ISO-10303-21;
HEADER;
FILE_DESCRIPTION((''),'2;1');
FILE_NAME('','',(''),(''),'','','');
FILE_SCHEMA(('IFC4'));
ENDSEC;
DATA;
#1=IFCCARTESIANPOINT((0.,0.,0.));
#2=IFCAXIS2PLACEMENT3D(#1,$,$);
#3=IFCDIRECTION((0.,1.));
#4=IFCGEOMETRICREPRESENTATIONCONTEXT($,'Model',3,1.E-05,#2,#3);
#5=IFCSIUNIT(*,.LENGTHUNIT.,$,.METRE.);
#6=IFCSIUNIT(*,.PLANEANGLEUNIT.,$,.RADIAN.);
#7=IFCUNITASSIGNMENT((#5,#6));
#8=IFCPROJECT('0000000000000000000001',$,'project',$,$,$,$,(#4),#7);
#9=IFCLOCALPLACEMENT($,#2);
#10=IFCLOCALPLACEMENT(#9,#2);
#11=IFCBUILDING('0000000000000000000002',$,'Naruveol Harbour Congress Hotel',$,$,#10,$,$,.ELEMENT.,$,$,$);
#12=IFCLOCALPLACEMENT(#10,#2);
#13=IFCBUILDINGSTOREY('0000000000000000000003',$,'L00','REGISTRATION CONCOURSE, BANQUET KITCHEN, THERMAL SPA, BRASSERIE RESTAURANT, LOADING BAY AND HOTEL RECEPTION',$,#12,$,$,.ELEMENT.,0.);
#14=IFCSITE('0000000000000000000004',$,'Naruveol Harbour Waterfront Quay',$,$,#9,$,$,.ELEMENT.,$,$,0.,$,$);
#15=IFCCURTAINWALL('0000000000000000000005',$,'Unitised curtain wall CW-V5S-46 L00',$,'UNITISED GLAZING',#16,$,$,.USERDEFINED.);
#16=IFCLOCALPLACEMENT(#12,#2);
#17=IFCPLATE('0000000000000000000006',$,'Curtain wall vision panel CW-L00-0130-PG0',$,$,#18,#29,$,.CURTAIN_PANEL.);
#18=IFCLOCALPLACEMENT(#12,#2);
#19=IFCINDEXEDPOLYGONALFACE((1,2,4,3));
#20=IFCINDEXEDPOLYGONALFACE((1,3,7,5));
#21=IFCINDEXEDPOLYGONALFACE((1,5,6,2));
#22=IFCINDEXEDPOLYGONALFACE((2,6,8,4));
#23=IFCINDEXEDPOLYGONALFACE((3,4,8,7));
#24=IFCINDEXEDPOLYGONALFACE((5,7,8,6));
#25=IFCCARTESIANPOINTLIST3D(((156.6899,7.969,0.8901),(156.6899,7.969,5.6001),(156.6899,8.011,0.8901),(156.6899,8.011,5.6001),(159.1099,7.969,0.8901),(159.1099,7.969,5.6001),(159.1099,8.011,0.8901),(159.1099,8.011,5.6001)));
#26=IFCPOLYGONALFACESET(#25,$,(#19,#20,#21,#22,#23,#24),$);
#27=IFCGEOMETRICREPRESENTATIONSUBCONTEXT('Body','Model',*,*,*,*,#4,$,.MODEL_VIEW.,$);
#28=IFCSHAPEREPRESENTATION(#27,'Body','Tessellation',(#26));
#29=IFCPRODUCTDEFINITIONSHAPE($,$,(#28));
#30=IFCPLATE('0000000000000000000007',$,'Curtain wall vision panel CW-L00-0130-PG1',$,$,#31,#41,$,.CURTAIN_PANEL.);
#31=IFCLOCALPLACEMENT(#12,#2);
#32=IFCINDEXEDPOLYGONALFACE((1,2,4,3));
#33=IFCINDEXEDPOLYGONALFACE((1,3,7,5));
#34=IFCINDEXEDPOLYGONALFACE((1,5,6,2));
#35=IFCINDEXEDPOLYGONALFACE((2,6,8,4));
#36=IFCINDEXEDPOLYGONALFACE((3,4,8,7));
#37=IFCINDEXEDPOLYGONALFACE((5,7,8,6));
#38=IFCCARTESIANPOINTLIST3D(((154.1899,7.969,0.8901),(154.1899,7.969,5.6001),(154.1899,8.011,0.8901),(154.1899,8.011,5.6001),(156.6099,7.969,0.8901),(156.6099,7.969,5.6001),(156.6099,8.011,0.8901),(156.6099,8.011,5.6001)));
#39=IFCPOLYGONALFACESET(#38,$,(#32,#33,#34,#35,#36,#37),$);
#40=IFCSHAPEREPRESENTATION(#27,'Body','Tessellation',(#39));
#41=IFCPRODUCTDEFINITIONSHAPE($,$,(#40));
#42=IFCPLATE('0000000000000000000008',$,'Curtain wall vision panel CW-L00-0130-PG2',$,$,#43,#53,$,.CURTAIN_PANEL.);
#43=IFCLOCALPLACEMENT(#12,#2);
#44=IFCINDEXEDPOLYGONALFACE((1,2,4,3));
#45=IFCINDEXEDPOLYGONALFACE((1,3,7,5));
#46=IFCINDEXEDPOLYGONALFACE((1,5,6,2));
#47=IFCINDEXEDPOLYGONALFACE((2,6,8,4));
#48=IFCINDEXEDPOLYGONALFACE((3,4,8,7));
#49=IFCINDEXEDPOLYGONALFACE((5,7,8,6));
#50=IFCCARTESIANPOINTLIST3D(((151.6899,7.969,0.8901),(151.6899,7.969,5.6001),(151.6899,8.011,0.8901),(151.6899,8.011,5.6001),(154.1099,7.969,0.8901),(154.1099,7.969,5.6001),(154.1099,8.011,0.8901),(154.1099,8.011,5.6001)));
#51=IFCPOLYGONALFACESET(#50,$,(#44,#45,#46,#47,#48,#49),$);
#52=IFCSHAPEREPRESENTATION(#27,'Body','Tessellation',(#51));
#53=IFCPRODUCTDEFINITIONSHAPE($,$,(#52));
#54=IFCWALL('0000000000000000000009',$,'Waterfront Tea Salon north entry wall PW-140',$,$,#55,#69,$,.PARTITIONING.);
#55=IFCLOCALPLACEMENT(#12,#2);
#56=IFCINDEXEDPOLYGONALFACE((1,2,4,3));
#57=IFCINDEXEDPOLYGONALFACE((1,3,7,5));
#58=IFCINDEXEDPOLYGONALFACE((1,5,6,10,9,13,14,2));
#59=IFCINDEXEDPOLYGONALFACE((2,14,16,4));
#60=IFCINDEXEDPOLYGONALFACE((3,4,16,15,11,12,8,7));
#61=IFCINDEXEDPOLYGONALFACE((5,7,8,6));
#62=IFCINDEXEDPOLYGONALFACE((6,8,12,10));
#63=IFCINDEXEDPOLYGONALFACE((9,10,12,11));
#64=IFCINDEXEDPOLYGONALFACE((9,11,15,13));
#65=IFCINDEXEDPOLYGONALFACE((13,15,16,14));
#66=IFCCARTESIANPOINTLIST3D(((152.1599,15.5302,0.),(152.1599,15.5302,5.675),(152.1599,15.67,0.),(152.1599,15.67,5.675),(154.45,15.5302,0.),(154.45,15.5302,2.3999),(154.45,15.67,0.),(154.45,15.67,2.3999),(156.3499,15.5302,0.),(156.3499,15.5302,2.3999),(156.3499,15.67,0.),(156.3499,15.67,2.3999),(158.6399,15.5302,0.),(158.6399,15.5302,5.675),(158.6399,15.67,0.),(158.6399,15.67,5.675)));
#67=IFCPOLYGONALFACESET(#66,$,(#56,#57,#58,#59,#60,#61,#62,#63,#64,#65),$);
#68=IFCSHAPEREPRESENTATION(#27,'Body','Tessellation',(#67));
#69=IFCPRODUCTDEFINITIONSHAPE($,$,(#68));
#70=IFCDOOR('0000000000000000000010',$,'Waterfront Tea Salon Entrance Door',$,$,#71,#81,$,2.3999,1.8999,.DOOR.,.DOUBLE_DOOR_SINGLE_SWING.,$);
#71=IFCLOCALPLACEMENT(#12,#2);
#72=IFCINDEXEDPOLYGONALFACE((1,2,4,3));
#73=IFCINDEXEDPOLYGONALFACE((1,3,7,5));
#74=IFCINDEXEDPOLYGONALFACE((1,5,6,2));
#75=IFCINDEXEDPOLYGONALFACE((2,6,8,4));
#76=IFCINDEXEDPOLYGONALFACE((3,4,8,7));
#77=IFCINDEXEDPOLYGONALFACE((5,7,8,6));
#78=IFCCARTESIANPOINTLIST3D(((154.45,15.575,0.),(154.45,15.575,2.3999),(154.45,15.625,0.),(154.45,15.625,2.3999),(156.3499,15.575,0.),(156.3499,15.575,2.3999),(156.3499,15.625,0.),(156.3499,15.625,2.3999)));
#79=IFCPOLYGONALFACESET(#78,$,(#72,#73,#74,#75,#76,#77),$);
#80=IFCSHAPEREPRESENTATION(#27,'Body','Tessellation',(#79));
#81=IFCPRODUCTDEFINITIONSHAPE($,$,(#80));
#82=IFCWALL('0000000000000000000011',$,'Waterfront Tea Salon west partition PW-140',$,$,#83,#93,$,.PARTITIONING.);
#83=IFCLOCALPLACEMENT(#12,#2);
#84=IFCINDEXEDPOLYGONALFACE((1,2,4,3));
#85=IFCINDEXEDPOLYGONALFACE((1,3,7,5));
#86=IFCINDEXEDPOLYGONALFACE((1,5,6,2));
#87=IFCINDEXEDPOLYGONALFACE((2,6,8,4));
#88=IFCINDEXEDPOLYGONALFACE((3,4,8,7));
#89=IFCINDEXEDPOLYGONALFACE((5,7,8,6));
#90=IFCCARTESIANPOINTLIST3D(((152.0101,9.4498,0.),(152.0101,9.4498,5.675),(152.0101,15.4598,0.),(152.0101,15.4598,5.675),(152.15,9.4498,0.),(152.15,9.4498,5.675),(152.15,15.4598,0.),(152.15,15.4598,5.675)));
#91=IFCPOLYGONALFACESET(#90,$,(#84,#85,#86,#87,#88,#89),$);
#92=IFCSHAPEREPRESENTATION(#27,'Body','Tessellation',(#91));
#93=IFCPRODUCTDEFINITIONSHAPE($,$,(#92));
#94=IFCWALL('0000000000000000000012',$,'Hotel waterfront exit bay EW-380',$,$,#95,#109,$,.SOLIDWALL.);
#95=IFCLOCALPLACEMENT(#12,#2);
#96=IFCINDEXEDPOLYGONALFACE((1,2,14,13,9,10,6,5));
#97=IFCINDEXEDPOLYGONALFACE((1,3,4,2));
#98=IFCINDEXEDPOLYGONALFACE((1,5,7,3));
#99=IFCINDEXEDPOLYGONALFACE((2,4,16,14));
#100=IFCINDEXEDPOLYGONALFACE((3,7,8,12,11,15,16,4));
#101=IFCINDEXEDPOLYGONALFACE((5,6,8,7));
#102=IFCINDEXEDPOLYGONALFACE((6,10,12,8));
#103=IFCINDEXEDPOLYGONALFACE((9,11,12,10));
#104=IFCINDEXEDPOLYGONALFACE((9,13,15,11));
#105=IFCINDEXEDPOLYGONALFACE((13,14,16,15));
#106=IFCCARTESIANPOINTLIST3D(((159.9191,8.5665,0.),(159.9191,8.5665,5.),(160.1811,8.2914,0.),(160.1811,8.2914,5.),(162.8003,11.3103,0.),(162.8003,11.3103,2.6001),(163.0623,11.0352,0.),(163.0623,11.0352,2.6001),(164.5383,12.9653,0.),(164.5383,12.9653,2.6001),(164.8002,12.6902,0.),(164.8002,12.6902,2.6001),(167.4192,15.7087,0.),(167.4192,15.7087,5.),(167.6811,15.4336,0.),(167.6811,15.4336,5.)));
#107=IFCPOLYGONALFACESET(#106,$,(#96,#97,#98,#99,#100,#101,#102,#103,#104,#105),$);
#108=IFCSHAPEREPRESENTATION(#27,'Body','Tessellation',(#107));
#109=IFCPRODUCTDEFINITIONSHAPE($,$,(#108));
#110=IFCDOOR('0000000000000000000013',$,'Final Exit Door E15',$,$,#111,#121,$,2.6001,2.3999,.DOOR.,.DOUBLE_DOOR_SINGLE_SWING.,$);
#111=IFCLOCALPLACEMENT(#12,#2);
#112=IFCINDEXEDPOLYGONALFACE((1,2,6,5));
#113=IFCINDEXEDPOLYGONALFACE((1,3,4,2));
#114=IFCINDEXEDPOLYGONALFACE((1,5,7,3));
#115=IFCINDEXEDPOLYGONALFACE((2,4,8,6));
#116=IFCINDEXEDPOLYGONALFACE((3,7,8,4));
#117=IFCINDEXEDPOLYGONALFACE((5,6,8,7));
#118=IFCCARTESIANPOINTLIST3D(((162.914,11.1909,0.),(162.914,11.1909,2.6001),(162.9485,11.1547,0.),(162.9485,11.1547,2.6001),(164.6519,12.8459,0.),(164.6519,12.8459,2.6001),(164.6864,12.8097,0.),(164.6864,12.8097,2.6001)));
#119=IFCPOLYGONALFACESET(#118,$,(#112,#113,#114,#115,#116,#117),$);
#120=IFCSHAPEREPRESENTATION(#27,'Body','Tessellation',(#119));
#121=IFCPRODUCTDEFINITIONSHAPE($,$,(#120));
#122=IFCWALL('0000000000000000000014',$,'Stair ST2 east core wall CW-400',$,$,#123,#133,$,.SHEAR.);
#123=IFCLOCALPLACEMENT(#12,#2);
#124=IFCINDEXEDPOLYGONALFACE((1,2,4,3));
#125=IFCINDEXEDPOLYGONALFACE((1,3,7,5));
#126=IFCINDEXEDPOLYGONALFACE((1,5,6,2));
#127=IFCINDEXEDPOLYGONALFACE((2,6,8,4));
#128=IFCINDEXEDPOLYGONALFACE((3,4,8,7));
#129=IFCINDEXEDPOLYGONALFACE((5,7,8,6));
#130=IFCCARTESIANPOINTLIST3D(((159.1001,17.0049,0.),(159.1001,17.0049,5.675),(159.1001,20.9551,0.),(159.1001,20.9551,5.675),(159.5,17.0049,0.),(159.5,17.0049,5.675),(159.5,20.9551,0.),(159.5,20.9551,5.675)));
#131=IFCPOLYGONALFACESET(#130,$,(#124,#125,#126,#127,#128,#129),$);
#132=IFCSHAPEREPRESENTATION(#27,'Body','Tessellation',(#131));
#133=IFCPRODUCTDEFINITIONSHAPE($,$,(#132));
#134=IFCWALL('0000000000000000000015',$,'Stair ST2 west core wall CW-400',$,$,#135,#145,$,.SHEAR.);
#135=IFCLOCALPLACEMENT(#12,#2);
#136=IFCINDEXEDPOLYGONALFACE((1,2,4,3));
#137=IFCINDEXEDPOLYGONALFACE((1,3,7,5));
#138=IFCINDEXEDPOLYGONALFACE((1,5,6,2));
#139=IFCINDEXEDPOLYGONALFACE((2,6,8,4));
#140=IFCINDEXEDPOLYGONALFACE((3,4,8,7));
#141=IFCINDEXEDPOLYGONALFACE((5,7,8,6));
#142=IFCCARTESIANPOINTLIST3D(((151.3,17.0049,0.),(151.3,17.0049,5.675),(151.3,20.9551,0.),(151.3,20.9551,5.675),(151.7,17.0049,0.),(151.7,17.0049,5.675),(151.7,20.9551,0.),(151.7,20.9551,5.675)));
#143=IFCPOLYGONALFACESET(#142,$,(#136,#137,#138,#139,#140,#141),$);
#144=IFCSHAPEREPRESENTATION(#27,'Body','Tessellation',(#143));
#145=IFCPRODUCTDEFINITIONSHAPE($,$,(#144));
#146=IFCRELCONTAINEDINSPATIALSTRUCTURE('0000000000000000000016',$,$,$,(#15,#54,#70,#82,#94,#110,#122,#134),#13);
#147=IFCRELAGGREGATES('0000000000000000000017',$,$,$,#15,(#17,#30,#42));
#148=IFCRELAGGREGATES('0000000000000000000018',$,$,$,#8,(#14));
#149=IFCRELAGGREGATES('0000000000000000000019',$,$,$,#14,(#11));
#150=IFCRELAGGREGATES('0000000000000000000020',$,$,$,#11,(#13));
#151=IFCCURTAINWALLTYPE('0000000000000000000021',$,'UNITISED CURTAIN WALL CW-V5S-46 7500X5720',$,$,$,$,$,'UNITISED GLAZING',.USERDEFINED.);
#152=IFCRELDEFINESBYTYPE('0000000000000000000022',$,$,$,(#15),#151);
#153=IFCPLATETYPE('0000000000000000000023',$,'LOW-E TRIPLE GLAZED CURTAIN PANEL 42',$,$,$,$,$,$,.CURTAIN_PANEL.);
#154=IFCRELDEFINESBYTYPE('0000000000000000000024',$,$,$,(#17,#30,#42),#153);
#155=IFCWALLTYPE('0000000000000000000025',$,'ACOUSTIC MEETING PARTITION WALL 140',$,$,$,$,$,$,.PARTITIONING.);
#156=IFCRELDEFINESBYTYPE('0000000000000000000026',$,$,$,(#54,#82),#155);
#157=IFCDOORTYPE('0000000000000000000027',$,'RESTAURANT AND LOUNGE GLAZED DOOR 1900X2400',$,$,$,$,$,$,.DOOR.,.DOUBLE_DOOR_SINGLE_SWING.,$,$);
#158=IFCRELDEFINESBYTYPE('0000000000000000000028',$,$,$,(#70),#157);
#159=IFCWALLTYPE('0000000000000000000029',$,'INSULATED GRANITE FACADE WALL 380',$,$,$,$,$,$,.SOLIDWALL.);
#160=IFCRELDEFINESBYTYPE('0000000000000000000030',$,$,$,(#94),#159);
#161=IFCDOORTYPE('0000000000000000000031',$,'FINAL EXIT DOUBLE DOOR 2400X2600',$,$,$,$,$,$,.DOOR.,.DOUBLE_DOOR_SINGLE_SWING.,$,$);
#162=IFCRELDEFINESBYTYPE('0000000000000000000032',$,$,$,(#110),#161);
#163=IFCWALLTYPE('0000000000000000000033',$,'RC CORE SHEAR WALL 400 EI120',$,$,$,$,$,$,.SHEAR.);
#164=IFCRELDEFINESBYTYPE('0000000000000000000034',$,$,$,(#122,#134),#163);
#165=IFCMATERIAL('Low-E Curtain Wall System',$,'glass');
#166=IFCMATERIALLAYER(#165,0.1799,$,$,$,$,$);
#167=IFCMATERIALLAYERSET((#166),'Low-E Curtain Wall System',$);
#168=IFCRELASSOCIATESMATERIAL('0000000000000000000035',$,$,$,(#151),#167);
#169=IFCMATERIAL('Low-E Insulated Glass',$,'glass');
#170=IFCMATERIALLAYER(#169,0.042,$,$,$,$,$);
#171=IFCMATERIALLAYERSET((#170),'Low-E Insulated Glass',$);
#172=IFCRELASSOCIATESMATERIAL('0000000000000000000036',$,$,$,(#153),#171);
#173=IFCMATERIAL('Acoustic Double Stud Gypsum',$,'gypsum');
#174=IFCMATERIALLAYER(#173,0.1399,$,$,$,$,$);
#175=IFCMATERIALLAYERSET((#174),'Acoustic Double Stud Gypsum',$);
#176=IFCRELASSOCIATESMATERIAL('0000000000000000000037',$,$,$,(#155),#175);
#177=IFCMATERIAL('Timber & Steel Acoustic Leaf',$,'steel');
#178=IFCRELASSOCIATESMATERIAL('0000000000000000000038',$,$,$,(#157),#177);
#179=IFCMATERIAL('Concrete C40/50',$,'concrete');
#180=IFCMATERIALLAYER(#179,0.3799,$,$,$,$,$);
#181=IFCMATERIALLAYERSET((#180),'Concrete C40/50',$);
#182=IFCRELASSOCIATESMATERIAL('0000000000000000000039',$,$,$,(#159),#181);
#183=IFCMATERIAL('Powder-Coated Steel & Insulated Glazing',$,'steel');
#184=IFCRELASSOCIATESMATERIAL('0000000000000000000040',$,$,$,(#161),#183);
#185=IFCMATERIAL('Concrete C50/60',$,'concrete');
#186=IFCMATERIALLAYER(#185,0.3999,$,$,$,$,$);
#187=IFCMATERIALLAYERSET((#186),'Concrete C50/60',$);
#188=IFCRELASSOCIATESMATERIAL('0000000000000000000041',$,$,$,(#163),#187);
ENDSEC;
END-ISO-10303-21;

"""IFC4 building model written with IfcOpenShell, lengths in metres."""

from ifc_helpers import new_model, si_unit, direction, frame, frame_2d, origin, origin_2d, place, context, subcontext, project, spatial, rectangle, extrude, material, layer, layer_set, type_object, element, fill, aggregate, save


model = new_model("IFC4")

# Units and contexts
model_context = context("Model", 3, precision=1e-05, world=origin(), true_north=direction((0.0, 1.0)))
body_context = subcontext(model_context, "Body", "Model", "MODEL_VIEW")
ifc_project = project(units=[si_unit("LENGTHUNIT", "METRE"), si_unit("PLANEANGLEUNIT", "RADIAN")], contexts=[model_context])

# Site, building, storey
site_placement = place(None, origin())
site = spatial("IfcSite", under=ifc_project, at=site_placement, Name="Naruveol Harbour Waterfront Quay", CompositionType="ELEMENT", RefElevation=0.0)
building_placement = place(site_placement, origin())
building = spatial("IfcBuilding", under=site, at=building_placement, Name="Naruveol Harbour Congress Hotel", CompositionType="ELEMENT")
storey_placement = place(building_placement, origin())
storey = spatial("IfcBuildingStorey", under=building, at=storey_placement, Name="L00", Description="REGISTRATION CONCOURSE, BANQUET KITCHEN, THERMAL SPA, BRASSERIE RESTAURANT, LOADING BAY AND HOTEL RECEPTION", CompositionType="ELEMENT", Elevation=0.0)

# Curtain wall, plates
ifc_material_1 = material(Name="Low-E Curtain Wall System", Category="glass")
ifc_layer_1 = layer(ifc_material_1, 0.1799)
ifc_layer_set_1 = layer_set([ifc_layer_1], Name="Low-E Curtain Wall System")
curtain_wall_type = type_object("IfcCurtainWallType", Name="UNITISED CURTAIN WALL CW-V5S-46 7500X5720", ElementType="UNITISED GLAZING", PredefinedType="USERDEFINED", material=ifc_layer_set_1)
curtain_wall_placement = place(storey_placement, origin())
curtain_wall = element("IfcCurtainWall", 1, at=curtain_wall_placement, inside=storey, type_object=curtain_wall_type, Name="Unitised curtain wall CW-V5S-46 L00", ObjectType="UNITISED GLAZING", PredefinedType="USERDEFINED")
ifc_material_2 = material(Name="Low-E Insulated Glass", Category="glass")
ifc_layer_2 = layer(ifc_material_2, 0.042)
ifc_layer_set_2 = layer_set([ifc_layer_2], Name="Low-E Insulated Glass")
plate_type_1 = type_object("IfcPlateType", Name="LOW-E TRIPLE GLAZED CURTAIN PANEL 42", PredefinedType="CURTAIN_PANEL", material=ifc_layer_set_2)
plate_1_placement = place(storey_placement, frame((157.8999, 7.99, 0.8901), z_axis=(0.0, 0.0, 1.0), x_axis=(-1.0, 0.0, 0.0)))
plate_1 = element("IfcPlate", 2, at=plate_1_placement, type_object=plate_type_1, Name="Curtain wall vision panel CW-L00-0130-PG0", PredefinedType="CURTAIN_PANEL", context=body_context, shape_type="SweptSolid", body=[
    extrude(rectangle(XDim=2.4199, YDim=0.042, at=origin_2d()), origin(), (0.0, 0.0, 1.0), 4.71),
])
plate_2_placement = place(storey_placement, frame((155.3999, 7.99, 0.8901), z_axis=(0.0, 0.0, 1.0), x_axis=(-1.0, 0.0, 0.0)))
plate_2 = element("IfcPlate", 3, at=plate_2_placement, type_object=plate_type_1, Name="Curtain wall vision panel CW-L00-0130-PG1", PredefinedType="CURTAIN_PANEL", context=body_context, shape_type="SweptSolid", body=[
    extrude(rectangle(XDim=2.4199, YDim=0.042, at=origin_2d()), origin(), (0.0, 0.0, 1.0), 4.71),
])
plate_3_placement = place(storey_placement, frame((152.8999, 7.99, 0.8901), z_axis=(0.0, 0.0, 1.0), x_axis=(-1.0, 0.0, 0.0)))
plate_3 = element("IfcPlate", 4, at=plate_3_placement, type_object=plate_type_1, Name="Curtain wall vision panel CW-L00-0130-PG2", PredefinedType="CURTAIN_PANEL", context=body_context, shape_type="SweptSolid", body=[
    extrude(rectangle(XDim=2.4199, YDim=0.042, at=origin_2d()), origin(), (0.0, 0.0, 1.0), 4.71),
])
aggregate(curtain_wall, [plate_1, plate_2, plate_3])

# Wall, opening, door
ifc_material_3 = material(Name="Acoustic Double Stud Gypsum", Category="gypsum")
ifc_layer_3 = layer(ifc_material_3, 0.1399)
ifc_layer_set_3 = layer_set([ifc_layer_3], Name="Acoustic Double Stud Gypsum")
wall_type_1 = type_object("IfcWallType", Name="ACOUSTIC MEETING PARTITION WALL 140", PredefinedType="PARTITIONING", material=ifc_layer_set_3)
wall_1_placement = place(storey_placement, frame((152.1599, 15.6001, 0.0), z_axis=(0.0, 0.0, 1.0), x_axis=(1.0, 0.0, 0.0)))
wall_1 = element("IfcWall", 5, at=wall_1_placement, inside=storey, type_object=wall_type_1, Name="Waterfront Tea Salon north entry wall PW-140", PredefinedType="PARTITIONING", context=body_context, shape_type="SweptSolid", body=[
    extrude(rectangle(XDim=6.48, YDim=0.1399, at=frame_2d((3.24, 0.0))), origin(), (0.0, 0.0, 1.0), 5.675),
])
opening_1_placement = place(wall_1_placement, frame((2.29, 0.0, 0.0)))
opening_1 = element("IfcOpeningElement", 6, at=opening_1_placement, cuts=wall_1, PredefinedType="OPENING", context=body_context, shape_type="SweptSolid", body=[
    extrude(rectangle(XDim=1.8999, YDim=2.3999, at=frame_2d((0.95, 1.2))), frame((0.0, 0.0798, 0.0), z_axis=(0.0, -1.0, 0.0), x_axis=(1.0, 0.0, 0.0)), (0.0, 0.0, 1.0), 0.1599),
])
ifc_material_4 = material(Name="Timber & Steel Acoustic Leaf", Category="steel")
door_type_1 = type_object("IfcDoorType", Name="RESTAURANT AND LOUNGE GLAZED DOOR 1900X2400", OperationType="DOUBLE_DOOR_SINGLE_SWING", PredefinedType="DOOR", material=ifc_material_4)
door_1_placement = place(opening_1_placement, origin())
door_1 = element("IfcDoor", 7, at=door_1_placement, inside=storey, type_object=door_type_1, Name="Waterfront Tea Salon Entrance Door", OperationType="DOUBLE_DOOR_SINGLE_SWING", OverallHeight=2.3999, OverallWidth=1.8999, PredefinedType="DOOR", context=body_context, shape_type="SweptSolid", body=[
    extrude(rectangle(XDim=1.8999, YDim=2.3999, at=frame_2d((0.95, 1.2))), frame((0.0, 0.0249, 0.0), z_axis=(0.0, -1.0, 0.0), x_axis=(1.0, 0.0, 0.0)), (0.0, 0.0, 1.0), 0.05),
])
fill(opening_1, door_1)

# Wall
wall_2_placement = place(storey_placement, frame((152.0801, 9.45, 0.0), z_axis=(0.0, 0.0, 1.0), x_axis=(0.0, 1.0, 0.0)))
element("IfcWall", 8, at=wall_2_placement, inside=storey, type_object=wall_type_1, Name="Waterfront Tea Salon west partition PW-140", PredefinedType="PARTITIONING", context=body_context, shape_type="SweptSolid", body=[
    extrude(rectangle(XDim=6.01, YDim=0.1399, at=frame_2d((3.0049, 0.0))), origin(), (0.0, 0.0, 1.0), 5.675),
])

# Wall, opening, door
ifc_material_5 = material(Name="Concrete C40/50", Category="concrete")
ifc_layer_4 = layer(ifc_material_5, 0.3799)
ifc_layer_set_4 = layer_set([ifc_layer_4], Name="Concrete C40/50")
wall_type_2 = type_object("IfcWallType", Name="INSULATED GRANITE FACADE WALL 380", PredefinedType="SOLIDWALL", material=ifc_layer_set_4)
wall_3_placement = place(storey_placement, frame((167.55, 15.571, 0.0), z_axis=(0.0, 0.0, 1.0), x_axis=(-0.724175, -0.689616, 0.0)))
wall_3 = element("IfcWall", 9, at=wall_3_placement, inside=storey, type_object=wall_type_2, Name="Hotel waterfront exit bay EW-380", PredefinedType="SOLIDWALL", context=body_context, shape_type="SweptSolid", body=[
    extrude(rectangle(XDim=10.3567, YDim=0.3799, at=frame_2d((5.1782, 0.0))), origin(), (0.0, 0.0, 1.0), 5.0),
])
opening_2_placement = place(wall_3_placement, frame((3.978, 0.0, 0.0)))
opening_2 = element("IfcOpeningElement", 10, at=opening_2_placement, cuts=wall_3, PredefinedType="OPENING", context=body_context, shape_type="SweptSolid", body=[
    extrude(rectangle(XDim=2.3999, YDim=2.6001, at=frame_2d((1.2, 1.3))), frame((0.0, 0.2, 0.0), z_axis=(0.0, -1.0, 0.0), x_axis=(1.0, 0.0, 0.0)), (0.0, 0.0, 1.0), 0.3999),
])
ifc_material_6 = material(Name="Powder-Coated Steel & Insulated Glazing", Category="steel")
door_type_2 = type_object("IfcDoorType", Name="FINAL EXIT DOUBLE DOOR 2400X2600", OperationType="DOUBLE_DOOR_SINGLE_SWING", PredefinedType="DOOR", material=ifc_material_6)
door_2_placement = place(opening_2_placement, origin())
door_2 = element("IfcDoor", 11, at=door_2_placement, inside=storey, type_object=door_type_2, Name="Final Exit Door E15", OperationType="DOUBLE_DOOR_SINGLE_SWING", OverallHeight=2.6001, OverallWidth=2.3999, PredefinedType="DOOR", context=body_context, shape_type="SweptSolid", body=[
    extrude(rectangle(XDim=2.3999, YDim=2.6001, at=frame_2d((1.2, 1.3))), frame((0.0, 0.0249, 0.0), z_axis=(0.0, -1.0, 0.0), x_axis=(1.0, 0.0, 0.0)), (0.0, 0.0, 1.0), 0.05),
])
fill(opening_2, door_2)

# Walls
ifc_material_7 = material(Name="Concrete C50/60", Category="concrete")
ifc_layer_5 = layer(ifc_material_7, 0.3999)
ifc_layer_set_5 = layer_set([ifc_layer_5], Name="Concrete C50/60")
wall_type_3 = type_object("IfcWallType", Name="RC CORE SHEAR WALL 400 EI120", PredefinedType="SHEAR", material=ifc_layer_set_5)
for number, where, z_axis, x_axis, name in (
    (12, (159.3, 17.0049, 0.0), (0.0, 0.0, 1.0), (0.0, 1.0, 0.0), "Stair ST2 east core wall CW-400"),
    (13, (151.5, 17.0049, 0.0), (0.0, 0.0, 1.0), (0.0, 1.0, 0.0), "Stair ST2 west core wall CW-400"),
):
    element("IfcWall", number, at=place(storey_placement, frame(where, z_axis=z_axis, x_axis=x_axis)), inside=storey, type_object=wall_type_3, Name=name, PredefinedType="SHEAR", context=body_context, shape_type="SweptSolid", body=[
        extrude(rectangle(XDim=3.9502, YDim=0.3999, at=frame_2d((1.9751, 0.0))), origin(), (0.0, 0.0, 1.0), 5.675),
    ])

save(model, "model.ifc")
